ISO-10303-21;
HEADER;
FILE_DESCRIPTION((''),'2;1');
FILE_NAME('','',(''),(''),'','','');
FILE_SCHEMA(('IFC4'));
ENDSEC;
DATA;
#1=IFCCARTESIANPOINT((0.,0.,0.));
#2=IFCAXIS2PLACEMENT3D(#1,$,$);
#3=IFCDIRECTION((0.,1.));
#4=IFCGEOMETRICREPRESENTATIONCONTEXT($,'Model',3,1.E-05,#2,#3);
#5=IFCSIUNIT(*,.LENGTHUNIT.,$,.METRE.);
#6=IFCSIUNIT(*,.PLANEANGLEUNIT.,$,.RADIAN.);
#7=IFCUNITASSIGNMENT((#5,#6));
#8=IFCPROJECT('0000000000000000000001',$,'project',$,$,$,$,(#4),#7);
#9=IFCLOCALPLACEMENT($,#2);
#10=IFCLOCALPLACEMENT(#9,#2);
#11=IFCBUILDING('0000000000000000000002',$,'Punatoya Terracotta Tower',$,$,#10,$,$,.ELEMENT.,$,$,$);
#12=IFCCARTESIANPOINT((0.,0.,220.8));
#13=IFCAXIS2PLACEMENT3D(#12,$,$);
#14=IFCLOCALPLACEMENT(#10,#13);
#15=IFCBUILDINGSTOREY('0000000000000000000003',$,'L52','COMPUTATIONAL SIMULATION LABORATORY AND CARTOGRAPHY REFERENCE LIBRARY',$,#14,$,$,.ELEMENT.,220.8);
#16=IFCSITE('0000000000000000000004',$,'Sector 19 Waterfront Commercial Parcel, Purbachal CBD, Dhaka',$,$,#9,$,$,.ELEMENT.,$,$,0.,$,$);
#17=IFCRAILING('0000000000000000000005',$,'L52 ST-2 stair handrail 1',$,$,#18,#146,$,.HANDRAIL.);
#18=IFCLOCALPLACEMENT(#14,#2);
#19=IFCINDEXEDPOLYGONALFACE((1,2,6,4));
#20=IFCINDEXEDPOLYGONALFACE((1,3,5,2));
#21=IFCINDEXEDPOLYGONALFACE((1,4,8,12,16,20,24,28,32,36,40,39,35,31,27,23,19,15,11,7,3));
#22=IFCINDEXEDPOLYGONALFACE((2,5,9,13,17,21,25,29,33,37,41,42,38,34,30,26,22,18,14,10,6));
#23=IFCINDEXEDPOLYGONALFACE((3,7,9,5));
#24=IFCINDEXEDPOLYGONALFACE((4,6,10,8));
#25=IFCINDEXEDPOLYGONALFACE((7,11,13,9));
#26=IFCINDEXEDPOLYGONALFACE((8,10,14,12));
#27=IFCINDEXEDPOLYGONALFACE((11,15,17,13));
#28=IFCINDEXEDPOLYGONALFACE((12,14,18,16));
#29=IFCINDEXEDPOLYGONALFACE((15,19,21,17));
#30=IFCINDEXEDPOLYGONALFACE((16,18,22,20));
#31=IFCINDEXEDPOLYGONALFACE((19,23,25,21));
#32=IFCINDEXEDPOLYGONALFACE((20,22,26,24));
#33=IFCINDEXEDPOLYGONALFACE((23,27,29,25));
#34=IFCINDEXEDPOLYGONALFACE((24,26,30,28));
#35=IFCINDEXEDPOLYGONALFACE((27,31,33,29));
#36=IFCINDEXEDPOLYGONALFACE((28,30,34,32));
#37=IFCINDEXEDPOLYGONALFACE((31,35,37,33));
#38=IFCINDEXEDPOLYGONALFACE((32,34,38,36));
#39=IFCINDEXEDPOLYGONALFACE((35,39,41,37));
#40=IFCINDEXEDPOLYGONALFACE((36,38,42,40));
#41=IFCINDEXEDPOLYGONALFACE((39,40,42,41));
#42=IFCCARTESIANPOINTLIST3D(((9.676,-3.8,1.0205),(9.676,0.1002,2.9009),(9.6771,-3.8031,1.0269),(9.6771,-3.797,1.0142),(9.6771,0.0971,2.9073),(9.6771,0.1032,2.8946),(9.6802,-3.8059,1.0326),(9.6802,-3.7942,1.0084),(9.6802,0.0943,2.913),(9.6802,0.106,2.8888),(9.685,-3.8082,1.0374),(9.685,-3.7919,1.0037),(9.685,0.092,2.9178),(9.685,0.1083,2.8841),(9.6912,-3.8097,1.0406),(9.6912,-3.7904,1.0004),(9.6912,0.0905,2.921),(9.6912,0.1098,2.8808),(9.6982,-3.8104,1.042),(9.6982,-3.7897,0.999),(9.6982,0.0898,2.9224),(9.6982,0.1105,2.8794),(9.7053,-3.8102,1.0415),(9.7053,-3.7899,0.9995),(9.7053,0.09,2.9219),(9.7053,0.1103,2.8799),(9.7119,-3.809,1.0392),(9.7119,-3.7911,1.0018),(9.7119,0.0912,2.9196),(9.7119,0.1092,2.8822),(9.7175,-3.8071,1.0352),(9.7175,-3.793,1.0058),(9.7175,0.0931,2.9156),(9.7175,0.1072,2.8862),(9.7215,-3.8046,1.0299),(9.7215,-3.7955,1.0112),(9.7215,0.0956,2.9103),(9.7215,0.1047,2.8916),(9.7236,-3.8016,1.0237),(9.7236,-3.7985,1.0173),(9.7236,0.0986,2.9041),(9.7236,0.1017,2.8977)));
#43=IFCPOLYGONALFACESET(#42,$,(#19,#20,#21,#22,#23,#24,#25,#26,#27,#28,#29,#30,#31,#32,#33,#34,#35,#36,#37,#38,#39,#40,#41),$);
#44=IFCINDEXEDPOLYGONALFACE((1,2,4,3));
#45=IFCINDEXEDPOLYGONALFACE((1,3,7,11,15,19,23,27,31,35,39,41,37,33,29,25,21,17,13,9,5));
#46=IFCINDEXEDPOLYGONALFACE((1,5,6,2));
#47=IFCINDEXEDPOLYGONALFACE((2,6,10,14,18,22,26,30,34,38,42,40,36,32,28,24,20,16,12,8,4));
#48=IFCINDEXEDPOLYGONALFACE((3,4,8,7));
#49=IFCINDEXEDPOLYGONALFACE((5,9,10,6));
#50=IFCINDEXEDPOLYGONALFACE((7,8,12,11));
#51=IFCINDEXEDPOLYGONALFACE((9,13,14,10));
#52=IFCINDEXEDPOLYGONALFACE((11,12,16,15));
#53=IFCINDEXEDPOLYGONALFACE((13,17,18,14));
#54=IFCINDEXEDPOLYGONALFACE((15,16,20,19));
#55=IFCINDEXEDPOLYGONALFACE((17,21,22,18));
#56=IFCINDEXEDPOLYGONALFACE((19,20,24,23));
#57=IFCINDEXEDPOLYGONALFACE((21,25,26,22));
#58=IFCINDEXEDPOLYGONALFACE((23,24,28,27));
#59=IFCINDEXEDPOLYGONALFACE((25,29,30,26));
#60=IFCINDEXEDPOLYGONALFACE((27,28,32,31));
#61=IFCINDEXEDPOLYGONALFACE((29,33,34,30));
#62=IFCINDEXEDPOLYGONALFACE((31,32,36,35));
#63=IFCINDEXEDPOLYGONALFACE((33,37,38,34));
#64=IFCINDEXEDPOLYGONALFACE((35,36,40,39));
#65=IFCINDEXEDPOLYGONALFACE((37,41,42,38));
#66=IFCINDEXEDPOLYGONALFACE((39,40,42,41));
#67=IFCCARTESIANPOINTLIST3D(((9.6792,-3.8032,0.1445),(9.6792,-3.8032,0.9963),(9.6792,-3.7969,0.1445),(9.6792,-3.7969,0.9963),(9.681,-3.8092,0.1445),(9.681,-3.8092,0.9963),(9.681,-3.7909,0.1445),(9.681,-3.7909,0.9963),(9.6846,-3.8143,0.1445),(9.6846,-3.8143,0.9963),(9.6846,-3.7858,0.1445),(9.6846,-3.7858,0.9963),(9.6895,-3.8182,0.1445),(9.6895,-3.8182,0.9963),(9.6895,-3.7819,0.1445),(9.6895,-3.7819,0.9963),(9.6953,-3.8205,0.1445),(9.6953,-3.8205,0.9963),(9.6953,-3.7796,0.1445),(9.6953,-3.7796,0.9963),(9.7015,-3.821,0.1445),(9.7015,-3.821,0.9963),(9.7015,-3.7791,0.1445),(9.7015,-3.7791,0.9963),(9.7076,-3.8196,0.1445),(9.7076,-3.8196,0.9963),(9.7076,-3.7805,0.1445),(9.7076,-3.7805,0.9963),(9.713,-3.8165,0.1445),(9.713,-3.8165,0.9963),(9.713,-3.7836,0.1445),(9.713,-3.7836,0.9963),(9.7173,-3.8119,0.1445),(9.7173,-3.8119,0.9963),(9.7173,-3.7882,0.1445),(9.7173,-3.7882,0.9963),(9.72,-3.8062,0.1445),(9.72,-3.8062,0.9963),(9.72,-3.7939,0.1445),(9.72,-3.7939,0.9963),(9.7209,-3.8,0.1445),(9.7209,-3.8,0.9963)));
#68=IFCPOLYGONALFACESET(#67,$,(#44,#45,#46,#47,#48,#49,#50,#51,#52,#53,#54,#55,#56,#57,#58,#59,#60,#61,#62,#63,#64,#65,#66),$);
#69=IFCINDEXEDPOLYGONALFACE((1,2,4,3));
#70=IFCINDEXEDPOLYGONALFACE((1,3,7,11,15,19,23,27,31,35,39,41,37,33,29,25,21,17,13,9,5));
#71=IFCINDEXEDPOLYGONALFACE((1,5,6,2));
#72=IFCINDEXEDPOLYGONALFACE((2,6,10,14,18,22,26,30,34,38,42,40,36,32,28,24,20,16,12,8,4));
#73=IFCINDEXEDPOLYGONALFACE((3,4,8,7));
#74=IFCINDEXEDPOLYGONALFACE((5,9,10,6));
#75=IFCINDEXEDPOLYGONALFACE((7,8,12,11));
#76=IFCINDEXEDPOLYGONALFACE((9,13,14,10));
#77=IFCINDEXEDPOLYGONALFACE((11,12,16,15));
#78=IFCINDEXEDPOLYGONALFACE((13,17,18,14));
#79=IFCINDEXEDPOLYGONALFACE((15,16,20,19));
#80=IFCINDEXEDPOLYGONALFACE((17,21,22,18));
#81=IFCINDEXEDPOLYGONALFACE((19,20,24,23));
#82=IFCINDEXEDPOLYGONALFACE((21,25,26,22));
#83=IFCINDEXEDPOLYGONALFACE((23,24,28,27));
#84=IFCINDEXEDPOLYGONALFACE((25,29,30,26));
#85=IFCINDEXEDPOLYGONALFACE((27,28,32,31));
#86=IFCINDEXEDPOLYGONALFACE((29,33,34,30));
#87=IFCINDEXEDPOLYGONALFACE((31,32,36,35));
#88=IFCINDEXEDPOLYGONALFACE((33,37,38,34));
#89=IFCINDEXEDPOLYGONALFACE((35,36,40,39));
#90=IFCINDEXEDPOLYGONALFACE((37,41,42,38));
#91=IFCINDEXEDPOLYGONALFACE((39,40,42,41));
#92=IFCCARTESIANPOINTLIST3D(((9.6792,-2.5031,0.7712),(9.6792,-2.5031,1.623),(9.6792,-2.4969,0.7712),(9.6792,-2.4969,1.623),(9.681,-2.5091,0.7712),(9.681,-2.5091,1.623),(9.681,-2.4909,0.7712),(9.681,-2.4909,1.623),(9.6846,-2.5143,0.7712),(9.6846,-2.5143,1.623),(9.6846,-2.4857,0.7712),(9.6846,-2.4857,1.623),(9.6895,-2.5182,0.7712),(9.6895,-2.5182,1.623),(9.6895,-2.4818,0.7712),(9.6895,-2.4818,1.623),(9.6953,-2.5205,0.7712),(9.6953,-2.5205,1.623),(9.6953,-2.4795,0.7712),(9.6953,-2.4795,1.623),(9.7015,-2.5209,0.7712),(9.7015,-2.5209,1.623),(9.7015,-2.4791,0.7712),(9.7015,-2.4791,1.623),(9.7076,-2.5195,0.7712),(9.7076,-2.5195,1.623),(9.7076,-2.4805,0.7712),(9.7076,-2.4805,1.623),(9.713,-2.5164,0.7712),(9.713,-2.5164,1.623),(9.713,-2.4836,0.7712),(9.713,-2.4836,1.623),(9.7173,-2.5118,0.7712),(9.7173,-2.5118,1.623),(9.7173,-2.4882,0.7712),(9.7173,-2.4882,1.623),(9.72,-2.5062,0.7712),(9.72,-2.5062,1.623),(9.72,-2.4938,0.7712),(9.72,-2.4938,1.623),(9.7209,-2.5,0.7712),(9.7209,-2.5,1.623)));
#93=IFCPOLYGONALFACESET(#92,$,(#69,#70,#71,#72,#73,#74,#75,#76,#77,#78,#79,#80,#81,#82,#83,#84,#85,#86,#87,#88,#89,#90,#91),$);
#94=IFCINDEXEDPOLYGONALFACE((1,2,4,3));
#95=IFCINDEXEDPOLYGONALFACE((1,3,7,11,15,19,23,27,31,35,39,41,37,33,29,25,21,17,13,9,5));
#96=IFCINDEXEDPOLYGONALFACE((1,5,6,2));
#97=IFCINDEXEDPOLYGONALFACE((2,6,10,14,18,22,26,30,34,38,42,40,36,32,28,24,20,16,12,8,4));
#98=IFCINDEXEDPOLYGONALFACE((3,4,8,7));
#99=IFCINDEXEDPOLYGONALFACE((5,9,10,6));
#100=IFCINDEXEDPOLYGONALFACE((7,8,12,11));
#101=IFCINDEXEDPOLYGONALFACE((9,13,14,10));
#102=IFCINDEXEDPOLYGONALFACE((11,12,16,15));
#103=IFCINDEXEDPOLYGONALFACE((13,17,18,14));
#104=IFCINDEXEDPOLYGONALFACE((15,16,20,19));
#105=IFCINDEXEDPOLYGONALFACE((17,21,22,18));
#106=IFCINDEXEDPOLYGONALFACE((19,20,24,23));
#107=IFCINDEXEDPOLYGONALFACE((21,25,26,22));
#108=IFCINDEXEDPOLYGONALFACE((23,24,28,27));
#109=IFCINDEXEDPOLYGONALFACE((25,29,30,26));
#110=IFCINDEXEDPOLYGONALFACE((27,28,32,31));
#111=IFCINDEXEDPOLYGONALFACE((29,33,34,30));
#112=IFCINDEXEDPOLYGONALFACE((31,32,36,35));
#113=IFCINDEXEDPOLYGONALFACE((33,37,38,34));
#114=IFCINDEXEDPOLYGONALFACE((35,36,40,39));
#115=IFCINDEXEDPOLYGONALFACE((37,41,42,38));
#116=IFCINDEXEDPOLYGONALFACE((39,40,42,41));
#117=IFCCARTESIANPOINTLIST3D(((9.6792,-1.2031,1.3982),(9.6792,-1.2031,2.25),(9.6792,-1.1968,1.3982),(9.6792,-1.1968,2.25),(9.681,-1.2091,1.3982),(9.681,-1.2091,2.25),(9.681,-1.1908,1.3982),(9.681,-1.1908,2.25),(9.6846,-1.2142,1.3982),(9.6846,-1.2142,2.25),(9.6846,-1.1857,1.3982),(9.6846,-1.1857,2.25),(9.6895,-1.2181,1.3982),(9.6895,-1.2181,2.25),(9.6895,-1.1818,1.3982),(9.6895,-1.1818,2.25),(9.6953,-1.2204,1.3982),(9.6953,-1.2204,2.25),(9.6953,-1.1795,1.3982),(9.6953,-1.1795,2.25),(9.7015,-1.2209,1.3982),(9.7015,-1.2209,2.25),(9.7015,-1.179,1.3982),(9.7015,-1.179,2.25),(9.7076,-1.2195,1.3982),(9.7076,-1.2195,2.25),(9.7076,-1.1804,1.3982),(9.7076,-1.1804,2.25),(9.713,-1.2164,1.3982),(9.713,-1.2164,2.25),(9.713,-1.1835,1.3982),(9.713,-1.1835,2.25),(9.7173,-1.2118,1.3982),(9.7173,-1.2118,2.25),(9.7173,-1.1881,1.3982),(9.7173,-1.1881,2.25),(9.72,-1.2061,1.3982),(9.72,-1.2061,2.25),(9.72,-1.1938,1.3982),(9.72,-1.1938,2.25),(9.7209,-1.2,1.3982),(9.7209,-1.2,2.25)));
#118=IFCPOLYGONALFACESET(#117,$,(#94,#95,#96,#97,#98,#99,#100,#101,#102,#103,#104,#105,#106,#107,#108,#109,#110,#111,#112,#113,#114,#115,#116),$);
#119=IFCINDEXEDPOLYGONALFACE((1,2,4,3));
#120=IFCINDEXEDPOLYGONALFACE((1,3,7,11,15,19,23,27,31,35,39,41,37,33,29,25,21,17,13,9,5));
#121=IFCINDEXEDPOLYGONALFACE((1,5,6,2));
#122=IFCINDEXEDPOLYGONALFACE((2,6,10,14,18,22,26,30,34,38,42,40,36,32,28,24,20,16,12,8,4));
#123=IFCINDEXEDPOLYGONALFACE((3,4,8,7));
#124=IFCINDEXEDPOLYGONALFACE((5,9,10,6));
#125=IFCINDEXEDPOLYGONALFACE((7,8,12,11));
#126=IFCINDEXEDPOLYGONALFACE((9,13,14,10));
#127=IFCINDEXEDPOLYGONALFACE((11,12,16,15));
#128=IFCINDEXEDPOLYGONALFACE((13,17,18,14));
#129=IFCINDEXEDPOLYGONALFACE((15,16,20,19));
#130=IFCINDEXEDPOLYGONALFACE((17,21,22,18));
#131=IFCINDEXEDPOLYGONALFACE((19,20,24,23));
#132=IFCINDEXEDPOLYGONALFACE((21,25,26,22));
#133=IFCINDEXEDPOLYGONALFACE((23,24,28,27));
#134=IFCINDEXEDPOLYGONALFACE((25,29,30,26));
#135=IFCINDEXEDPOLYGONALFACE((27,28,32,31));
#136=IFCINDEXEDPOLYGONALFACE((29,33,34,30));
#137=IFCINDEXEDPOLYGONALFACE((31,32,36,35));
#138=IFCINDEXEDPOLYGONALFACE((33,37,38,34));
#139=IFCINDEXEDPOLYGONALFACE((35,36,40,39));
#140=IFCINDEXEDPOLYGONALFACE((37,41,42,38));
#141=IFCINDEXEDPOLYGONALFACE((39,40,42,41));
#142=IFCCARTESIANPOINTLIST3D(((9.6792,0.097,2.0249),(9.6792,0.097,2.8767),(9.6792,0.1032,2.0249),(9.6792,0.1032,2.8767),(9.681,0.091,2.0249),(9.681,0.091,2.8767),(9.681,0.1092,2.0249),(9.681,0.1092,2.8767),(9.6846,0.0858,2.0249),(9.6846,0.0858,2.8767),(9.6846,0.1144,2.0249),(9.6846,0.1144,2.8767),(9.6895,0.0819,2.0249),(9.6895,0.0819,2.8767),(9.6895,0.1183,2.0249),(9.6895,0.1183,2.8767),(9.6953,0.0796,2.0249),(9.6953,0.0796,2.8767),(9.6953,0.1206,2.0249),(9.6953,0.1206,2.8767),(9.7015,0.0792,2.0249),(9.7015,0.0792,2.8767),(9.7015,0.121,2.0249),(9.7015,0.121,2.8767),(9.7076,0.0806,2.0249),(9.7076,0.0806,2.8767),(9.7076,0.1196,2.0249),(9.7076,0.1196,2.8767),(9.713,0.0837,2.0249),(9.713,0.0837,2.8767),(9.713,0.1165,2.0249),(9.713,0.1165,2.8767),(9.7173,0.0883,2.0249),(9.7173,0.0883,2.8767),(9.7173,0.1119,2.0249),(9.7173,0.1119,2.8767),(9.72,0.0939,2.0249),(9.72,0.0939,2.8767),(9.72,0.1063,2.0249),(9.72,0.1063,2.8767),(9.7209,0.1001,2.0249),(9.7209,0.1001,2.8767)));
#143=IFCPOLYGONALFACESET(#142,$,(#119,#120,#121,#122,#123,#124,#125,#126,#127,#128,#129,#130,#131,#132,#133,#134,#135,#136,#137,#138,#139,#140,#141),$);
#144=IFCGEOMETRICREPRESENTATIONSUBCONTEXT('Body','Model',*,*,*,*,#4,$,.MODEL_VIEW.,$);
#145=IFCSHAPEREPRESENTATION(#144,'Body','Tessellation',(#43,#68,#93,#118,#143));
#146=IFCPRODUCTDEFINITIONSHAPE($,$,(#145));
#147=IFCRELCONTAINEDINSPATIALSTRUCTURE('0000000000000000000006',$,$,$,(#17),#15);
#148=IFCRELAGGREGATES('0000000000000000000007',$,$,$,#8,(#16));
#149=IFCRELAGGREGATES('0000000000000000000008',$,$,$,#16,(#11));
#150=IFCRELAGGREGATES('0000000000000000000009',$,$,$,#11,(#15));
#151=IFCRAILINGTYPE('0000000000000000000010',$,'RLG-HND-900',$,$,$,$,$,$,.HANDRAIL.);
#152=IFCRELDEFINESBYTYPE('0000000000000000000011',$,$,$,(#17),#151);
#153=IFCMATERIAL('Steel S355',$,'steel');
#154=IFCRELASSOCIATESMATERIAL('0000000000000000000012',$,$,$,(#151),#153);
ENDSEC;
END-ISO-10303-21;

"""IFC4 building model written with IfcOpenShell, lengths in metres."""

from ifc_helpers import new_model, si_unit, direction, frame, origin, origin_2d, place, context, subcontext, project, spatial, circle, extrude, material, type_object, element, save


model = new_model("IFC4")

# Units and contexts
model_context = context("Model", 3, precision=1e-05, world=origin(), true_north=direction((0.0, 1.0)))
body_context = subcontext(model_context, "Body", "Model", "MODEL_VIEW")
ifc_project = project(units=[si_unit("LENGTHUNIT", "METRE"), si_unit("PLANEANGLEUNIT", "RADIAN")], contexts=[model_context])

# Site, building, storey
site_placement = place(None, origin())
site = spatial("IfcSite", under=ifc_project, at=site_placement, Name="Sector 19 Waterfront Commercial Parcel, Purbachal CBD, Dhaka", CompositionType="ELEMENT", RefElevation=0.0)
building_placement = place(site_placement, origin())
building = spatial("IfcBuilding", under=site, at=building_placement, Name="Punatoya Terracotta Tower", CompositionType="ELEMENT")
storey_placement = place(building_placement, frame((0.0, 0.0, 220.8)))
storey = spatial("IfcBuildingStorey", under=building, at=storey_placement, Name="L52", Description="COMPUTATIONAL SIMULATION LABORATORY AND CARTOGRAPHY REFERENCE LIBRARY", CompositionType="ELEMENT", Elevation=220.8)

# Railing
ifc_material_1 = material(Name="Steel S355", Category="steel")
railing_type_1 = type_object("IfcRailingType", Name="RLG-HND-900", PredefinedType="HANDRAIL", material=ifc_material_1)
railing_1_placement = place(storey_placement, frame((9.7, -3.8, 0.1445)))
element("IfcRailing", 1, at=railing_1_placement, inside=storey, type_object=railing_type_1, Name="L52 ST-2 stair handrail 1", PredefinedType="HANDRAIL", context=body_context, shape_type="SweptSolid", body=[
    extrude(circle(Radius=0.0239, at=origin_2d()), frame((0.0, 0.0, 0.876), z_axis=(0.0, 0.900774, 0.434289), x_axis=(-1.0, 0.0, 0.0)), (0.0, 0.0, 1.0), 4.3298),
    extrude(circle(Radius=0.021, at=origin_2d()), origin(), (0.0, 0.0, 1.0), 0.8518),
    extrude(circle(Radius=0.021, at=origin_2d()), frame((0.0, 1.3, 0.6267)), (0.0, 0.0, 1.0), 0.8518),
    extrude(circle(Radius=0.021, at=origin_2d()), frame((0.0, 2.6001, 1.2537)), (0.0, 0.0, 1.0), 0.8518),
    extrude(circle(Radius=0.021, at=origin_2d()), frame((0.0, 3.9001, 1.8804)), (0.0, 0.0, 1.0), 0.8518),
])

save(model, "model.ifc")
